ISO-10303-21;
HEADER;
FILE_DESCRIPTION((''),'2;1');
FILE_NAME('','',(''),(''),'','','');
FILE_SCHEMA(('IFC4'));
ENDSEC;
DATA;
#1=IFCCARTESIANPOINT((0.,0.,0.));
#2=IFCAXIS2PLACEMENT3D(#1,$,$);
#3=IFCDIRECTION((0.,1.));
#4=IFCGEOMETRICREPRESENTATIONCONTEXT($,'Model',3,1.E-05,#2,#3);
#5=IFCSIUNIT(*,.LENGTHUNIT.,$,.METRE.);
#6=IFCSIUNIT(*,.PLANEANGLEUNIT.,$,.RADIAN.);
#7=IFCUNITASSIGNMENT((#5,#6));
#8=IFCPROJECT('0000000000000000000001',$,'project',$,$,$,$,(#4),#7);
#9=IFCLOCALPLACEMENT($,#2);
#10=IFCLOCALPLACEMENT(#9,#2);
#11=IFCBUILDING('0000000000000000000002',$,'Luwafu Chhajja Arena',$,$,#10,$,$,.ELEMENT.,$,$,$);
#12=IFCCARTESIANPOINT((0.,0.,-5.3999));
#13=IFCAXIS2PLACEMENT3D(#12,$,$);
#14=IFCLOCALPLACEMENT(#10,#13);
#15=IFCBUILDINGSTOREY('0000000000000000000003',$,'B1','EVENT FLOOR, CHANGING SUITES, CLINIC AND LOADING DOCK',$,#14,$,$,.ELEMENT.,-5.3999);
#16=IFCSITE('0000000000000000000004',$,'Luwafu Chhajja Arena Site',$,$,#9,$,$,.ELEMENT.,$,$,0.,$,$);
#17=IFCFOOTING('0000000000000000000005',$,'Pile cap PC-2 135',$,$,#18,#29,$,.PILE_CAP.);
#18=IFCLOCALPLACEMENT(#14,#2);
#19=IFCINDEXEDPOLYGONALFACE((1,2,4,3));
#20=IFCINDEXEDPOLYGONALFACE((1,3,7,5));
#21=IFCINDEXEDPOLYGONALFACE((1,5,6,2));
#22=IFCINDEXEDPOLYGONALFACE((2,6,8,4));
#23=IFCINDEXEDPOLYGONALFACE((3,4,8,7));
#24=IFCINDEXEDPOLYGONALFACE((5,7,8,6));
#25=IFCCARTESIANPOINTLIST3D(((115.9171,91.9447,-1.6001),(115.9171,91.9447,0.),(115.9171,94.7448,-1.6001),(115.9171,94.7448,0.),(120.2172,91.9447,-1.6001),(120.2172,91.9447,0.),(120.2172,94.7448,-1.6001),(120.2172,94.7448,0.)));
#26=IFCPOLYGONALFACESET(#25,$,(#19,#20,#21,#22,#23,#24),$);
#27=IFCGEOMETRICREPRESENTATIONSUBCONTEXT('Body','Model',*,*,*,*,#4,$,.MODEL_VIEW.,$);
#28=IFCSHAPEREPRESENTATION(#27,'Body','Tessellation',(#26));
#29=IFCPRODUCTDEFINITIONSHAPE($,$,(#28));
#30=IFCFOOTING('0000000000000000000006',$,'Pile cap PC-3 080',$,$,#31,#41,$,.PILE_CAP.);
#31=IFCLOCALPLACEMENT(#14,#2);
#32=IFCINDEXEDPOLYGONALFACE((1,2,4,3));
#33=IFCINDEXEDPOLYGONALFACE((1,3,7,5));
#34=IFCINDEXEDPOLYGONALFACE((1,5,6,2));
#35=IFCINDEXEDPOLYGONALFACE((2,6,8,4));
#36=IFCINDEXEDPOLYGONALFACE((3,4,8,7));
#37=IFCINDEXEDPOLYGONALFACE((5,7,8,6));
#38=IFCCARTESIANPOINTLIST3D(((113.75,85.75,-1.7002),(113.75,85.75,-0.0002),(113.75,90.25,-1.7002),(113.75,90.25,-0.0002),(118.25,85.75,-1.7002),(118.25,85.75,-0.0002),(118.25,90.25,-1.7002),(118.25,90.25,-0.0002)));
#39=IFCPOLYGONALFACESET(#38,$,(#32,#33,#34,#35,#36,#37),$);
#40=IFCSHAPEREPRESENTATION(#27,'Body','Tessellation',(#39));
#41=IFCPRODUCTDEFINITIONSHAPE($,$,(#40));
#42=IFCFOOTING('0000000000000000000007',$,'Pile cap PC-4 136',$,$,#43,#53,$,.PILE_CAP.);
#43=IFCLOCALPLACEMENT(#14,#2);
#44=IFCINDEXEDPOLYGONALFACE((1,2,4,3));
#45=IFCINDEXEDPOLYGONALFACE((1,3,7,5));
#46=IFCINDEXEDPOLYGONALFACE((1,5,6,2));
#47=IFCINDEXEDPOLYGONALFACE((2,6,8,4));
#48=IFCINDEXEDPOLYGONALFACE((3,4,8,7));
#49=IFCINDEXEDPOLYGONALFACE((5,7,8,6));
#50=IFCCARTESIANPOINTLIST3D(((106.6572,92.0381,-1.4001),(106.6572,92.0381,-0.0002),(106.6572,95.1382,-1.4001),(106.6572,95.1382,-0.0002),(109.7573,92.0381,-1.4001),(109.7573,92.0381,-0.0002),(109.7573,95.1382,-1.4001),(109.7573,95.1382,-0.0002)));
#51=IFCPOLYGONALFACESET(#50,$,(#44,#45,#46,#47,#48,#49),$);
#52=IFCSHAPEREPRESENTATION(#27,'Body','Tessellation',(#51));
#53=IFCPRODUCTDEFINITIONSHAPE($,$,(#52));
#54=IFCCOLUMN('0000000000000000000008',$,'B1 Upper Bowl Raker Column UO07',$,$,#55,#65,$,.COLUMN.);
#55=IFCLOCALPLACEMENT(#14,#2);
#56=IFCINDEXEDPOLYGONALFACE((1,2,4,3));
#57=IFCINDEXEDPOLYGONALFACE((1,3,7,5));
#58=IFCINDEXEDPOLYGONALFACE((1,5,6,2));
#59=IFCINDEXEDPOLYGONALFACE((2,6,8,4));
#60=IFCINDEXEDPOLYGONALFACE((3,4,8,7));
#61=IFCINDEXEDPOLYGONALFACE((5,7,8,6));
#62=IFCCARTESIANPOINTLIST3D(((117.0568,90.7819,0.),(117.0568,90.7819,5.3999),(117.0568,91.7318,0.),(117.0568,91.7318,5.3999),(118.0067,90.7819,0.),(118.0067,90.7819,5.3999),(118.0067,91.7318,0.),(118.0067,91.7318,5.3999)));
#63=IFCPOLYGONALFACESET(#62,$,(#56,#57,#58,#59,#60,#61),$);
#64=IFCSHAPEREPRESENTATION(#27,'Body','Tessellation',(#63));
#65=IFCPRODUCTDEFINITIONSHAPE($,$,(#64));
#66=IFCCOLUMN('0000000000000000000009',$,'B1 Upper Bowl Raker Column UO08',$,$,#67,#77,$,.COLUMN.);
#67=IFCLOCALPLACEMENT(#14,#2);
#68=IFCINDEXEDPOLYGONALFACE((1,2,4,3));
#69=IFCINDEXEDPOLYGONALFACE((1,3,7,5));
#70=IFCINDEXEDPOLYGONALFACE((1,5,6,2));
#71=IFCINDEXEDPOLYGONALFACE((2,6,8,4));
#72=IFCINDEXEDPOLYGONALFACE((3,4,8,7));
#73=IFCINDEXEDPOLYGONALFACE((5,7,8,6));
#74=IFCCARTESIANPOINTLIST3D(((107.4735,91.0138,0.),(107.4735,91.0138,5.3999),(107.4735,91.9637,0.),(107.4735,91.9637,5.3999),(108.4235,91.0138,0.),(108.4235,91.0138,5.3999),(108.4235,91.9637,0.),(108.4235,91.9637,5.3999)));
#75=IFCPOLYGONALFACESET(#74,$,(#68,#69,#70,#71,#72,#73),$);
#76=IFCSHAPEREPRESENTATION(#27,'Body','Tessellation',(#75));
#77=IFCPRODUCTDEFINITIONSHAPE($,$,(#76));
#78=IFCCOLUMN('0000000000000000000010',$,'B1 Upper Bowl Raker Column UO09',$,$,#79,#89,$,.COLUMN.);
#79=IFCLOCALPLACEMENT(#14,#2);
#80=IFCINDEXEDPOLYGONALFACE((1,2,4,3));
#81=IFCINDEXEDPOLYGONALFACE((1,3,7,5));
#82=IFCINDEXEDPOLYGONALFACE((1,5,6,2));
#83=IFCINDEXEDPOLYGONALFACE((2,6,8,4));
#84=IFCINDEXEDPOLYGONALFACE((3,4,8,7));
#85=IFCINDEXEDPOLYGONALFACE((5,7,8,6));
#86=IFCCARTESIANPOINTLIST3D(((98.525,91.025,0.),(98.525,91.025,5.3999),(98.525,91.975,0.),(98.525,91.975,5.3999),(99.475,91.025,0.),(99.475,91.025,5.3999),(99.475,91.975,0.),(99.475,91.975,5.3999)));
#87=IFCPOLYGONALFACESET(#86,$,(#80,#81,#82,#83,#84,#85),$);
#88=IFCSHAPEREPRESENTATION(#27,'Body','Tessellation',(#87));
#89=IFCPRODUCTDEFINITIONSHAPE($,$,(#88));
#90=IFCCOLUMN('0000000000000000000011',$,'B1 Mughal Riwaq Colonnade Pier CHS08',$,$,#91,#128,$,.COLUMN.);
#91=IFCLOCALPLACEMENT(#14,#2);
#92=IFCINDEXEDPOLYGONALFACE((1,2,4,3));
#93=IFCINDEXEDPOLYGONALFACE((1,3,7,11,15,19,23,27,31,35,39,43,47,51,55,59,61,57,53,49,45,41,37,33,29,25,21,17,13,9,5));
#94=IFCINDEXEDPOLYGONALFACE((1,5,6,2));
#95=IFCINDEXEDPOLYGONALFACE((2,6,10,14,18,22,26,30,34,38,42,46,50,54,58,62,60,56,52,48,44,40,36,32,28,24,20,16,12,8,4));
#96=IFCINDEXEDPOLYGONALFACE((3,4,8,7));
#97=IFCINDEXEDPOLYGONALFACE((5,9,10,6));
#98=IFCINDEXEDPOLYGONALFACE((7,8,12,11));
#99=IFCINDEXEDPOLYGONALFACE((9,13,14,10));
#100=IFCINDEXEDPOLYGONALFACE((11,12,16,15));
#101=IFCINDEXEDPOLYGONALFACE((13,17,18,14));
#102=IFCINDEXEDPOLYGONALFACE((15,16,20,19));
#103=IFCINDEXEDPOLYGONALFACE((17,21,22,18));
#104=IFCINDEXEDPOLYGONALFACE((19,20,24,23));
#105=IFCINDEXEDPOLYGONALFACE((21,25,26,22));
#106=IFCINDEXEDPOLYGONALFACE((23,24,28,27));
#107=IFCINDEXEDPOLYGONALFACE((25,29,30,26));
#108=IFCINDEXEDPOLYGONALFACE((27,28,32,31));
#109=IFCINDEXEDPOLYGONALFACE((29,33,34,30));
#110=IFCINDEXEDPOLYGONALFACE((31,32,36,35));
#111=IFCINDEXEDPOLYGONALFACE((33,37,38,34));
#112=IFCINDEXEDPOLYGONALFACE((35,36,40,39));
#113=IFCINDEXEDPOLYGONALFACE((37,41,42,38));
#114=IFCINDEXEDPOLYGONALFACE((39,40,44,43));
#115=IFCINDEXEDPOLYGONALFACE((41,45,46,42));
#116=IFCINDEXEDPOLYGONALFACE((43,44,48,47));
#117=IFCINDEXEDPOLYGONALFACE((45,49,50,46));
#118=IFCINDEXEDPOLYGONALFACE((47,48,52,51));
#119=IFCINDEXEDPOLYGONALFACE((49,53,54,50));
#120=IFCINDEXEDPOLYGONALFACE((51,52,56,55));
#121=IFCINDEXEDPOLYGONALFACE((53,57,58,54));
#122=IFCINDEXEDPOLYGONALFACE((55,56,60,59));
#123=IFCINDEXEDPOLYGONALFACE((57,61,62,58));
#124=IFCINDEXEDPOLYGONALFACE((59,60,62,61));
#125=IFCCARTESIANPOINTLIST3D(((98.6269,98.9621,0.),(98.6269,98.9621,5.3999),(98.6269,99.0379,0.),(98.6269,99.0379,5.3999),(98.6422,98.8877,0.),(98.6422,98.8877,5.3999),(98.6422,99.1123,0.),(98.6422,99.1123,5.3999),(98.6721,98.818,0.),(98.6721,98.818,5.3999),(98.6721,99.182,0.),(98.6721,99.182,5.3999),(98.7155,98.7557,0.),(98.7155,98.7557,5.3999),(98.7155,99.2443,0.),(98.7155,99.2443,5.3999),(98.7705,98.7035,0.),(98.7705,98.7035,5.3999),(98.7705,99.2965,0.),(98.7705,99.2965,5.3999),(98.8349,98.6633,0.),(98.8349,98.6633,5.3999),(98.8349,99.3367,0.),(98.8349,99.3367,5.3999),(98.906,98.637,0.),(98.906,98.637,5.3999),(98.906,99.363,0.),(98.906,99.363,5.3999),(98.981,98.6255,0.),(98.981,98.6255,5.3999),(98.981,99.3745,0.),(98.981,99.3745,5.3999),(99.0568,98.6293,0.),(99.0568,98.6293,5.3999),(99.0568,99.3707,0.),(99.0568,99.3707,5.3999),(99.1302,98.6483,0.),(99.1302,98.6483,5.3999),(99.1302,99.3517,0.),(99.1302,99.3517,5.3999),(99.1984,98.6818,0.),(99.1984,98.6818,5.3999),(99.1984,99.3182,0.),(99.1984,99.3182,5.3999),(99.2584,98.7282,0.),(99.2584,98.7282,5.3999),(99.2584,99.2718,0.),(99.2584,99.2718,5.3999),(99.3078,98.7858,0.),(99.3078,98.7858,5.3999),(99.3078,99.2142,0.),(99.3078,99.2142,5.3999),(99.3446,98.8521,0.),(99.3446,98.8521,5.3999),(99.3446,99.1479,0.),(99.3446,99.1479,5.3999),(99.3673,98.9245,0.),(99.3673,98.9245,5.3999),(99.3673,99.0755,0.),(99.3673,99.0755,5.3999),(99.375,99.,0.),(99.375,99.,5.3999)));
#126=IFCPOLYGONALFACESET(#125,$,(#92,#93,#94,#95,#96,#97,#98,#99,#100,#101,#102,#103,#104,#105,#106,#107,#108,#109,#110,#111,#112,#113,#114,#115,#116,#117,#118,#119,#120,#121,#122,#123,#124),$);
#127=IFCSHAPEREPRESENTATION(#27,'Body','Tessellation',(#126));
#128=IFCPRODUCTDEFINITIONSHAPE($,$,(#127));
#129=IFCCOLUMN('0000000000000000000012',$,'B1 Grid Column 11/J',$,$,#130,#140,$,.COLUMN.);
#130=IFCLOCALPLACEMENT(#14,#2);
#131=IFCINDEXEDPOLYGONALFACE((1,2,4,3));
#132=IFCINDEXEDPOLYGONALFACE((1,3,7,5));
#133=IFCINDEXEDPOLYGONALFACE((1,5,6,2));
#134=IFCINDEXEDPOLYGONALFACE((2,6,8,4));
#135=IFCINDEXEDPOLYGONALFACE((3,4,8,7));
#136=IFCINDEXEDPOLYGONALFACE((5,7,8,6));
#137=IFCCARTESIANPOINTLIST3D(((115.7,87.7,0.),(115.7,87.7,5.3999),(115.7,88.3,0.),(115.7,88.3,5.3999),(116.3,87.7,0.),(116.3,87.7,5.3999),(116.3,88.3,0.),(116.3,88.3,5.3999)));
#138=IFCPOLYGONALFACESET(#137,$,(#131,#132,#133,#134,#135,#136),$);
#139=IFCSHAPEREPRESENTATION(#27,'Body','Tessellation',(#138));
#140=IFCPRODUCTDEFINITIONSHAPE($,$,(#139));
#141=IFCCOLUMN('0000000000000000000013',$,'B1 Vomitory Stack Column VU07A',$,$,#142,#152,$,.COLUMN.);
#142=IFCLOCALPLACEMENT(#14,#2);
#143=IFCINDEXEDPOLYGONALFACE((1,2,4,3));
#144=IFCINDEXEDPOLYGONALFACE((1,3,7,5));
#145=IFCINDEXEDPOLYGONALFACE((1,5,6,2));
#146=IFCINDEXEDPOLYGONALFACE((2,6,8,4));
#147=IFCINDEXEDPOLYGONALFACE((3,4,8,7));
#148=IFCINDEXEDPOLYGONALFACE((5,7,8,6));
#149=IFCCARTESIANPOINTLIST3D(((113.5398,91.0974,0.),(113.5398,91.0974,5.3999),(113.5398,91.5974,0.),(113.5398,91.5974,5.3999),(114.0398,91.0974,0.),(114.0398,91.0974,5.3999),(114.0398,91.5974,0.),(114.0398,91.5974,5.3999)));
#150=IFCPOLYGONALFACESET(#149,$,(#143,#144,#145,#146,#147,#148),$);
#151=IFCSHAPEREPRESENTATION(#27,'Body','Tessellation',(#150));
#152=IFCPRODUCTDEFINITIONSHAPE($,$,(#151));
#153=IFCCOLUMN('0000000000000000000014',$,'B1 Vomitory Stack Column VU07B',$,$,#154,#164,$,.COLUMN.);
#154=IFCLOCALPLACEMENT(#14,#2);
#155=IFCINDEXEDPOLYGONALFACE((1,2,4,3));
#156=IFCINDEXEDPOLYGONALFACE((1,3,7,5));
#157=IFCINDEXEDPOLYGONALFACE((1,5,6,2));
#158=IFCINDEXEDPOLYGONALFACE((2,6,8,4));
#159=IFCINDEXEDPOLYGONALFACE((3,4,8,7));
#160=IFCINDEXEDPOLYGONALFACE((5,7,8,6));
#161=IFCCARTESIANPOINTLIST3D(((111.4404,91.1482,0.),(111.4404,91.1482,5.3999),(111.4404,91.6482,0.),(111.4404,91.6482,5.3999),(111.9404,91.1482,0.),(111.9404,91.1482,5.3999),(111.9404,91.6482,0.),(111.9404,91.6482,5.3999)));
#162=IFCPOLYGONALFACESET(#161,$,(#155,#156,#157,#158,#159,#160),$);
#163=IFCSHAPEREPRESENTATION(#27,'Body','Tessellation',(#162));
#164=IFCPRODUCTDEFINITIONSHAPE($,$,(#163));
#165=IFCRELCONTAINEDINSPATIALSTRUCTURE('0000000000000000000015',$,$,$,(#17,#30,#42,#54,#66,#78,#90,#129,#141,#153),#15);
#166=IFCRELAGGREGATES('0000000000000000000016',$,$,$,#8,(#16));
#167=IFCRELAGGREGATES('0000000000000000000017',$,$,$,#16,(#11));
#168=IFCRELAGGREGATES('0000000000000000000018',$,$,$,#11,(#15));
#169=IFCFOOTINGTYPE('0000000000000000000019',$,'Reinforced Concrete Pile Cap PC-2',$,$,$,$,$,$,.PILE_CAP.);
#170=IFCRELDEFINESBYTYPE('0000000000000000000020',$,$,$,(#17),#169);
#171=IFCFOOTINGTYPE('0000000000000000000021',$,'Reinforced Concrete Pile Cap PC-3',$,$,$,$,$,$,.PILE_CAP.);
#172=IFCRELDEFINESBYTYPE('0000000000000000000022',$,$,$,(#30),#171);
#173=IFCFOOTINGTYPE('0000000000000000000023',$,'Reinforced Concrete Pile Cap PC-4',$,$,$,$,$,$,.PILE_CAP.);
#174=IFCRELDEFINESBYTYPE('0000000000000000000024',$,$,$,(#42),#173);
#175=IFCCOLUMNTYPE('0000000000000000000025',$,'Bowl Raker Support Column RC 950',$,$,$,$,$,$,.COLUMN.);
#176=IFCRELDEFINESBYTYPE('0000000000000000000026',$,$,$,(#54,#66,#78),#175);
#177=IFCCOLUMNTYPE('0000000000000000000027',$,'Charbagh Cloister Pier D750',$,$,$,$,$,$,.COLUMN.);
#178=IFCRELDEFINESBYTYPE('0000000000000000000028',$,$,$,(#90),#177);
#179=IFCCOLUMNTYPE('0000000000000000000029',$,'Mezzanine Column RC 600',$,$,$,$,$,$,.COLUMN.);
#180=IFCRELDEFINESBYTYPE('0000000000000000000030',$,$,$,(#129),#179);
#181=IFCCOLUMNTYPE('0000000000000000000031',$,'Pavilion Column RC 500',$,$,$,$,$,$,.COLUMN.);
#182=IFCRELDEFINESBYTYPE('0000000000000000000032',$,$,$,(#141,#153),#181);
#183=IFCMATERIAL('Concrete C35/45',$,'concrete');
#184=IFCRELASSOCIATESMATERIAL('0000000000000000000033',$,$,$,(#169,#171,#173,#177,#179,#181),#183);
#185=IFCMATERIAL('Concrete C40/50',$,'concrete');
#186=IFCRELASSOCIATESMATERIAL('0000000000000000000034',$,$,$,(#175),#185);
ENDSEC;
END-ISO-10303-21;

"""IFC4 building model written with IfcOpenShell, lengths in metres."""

from ifc_helpers import new_model, si_unit, direction, frame, origin, origin_2d, place, context, subcontext, project, spatial, rectangle, circle, extrude, material, material_profile, profile_set, type_object, element, save


model = new_model("IFC4")

# Units and contexts
model_context = context("Model", 3, precision=1e-05, world=origin(), true_north=direction((0.0, 1.0)))
body_context = subcontext(model_context, "Body", "Model", "MODEL_VIEW")
ifc_project = project(units=[si_unit("LENGTHUNIT", "METRE"), si_unit("PLANEANGLEUNIT", "RADIAN")], contexts=[model_context])

# Site, building, storey
site_placement = place(None, origin())
site = spatial("IfcSite", under=ifc_project, at=site_placement, Name="Luwafu Chhajja Arena Site", CompositionType="ELEMENT", RefElevation=0.0)
building_placement = place(site_placement, origin())
building = spatial("IfcBuilding", under=site, at=building_placement, Name="Luwafu Chhajja Arena", CompositionType="ELEMENT")
storey_placement = place(building_placement, frame((0.0, 0.0, -5.3999)))
storey = spatial("IfcBuildingStorey", under=building, at=storey_placement, Name="B1", Description="EVENT FLOOR, CHANGING SUITES, CLINIC AND LOADING DOCK", CompositionType="ELEMENT", Elevation=-5.3999)

# Shared definitions
ifc_material_1 = material(Name="Concrete C35/45", Category="concrete")

# Footings
footing_type_1 = type_object("IfcFootingType", Name="Reinforced Concrete Pile Cap PC-2", PredefinedType="PILE_CAP", material=ifc_material_1)
footing_1_placement = place(storey_placement, frame((118.0671, 93.3447, -1.6001), z_axis=(0.0, 0.0, 1.0), x_axis=(1.0, 0.0, 0.0)))
element("IfcFooting", 1, at=footing_1_placement, inside=storey, type_object=footing_type_1, Name="Pile cap PC-2 135", PredefinedType="PILE_CAP", context=body_context, shape_type="SweptSolid", body=[
    extrude(rectangle(XDim=4.3, YDim=2.8, at=origin_2d()), origin(), (0.0, 0.0, 1.0), 1.6001),
])
footing_type_2 = type_object("IfcFootingType", Name="Reinforced Concrete Pile Cap PC-3", PredefinedType="PILE_CAP", material=ifc_material_1)
footing_2_placement = place(storey_placement, frame((116.0, 88.0, -1.7002), z_axis=(0.0, 0.0, 1.0), x_axis=(1.0, 0.0, 0.0)))
element("IfcFooting", 2, at=footing_2_placement, inside=storey, type_object=footing_type_2, Name="Pile cap PC-3 080", PredefinedType="PILE_CAP", context=body_context, shape_type="SweptSolid", body=[
    extrude(rectangle(XDim=4.5, YDim=4.5, at=origin_2d()), origin(), (0.0, 0.0, 1.0), 1.7),
])
footing_type_3 = type_object("IfcFootingType", Name="Reinforced Concrete Pile Cap PC-4", PredefinedType="PILE_CAP", material=ifc_material_1)
footing_3_placement = place(storey_placement, frame((108.2073, 93.5881, -1.4001), z_axis=(0.0, 0.0, 1.0), x_axis=(1.0, 0.0, 0.0)))
element("IfcFooting", 3, at=footing_3_placement, inside=storey, type_object=footing_type_3, Name="Pile cap PC-4 136", PredefinedType="PILE_CAP", context=body_context, shape_type="SweptSolid", body=[
    extrude(rectangle(XDim=3.1001, YDim=3.1001, at=origin_2d()), origin(), (0.0, 0.0, 1.0), 1.3999),
])

# Columns
ifc_material_2 = material(Name="Concrete C40/50", Category="concrete")
ifc_material_profile_1 = material_profile(ifc_material_2, rectangle(XDim=0.95, YDim=0.95, at=origin_2d()), Name="RC 950x950")
ifc_profile_set_1 = profile_set([ifc_material_profile_1], Name="Concrete C40/50")
column_type_1 = type_object("IfcColumnType", Name="Bowl Raker Support Column RC 950", PredefinedType="COLUMN", material=ifc_profile_set_1)
for number, where, z_axis, x_axis, name in (
    (4, (117.5317, 91.2568, 0.0), (0.0, 0.0, 1.0), (1.0, 0.0, 0.0), "B1 Upper Bowl Raker Column UO07"),
    (5, (107.9485, 91.4888, 0.0), (0.0, 0.0, 1.0), (1.0, 0.0, 0.0), "B1 Upper Bowl Raker Column UO08"),
    (6, (99.0, 91.5, 0.0), (0.0, 0.0, 1.0), (1.0, 0.0, 0.0), "B1 Upper Bowl Raker Column UO09"),
):
    element("IfcColumn", number, at=place(storey_placement, frame(where, z_axis=z_axis, x_axis=x_axis)), inside=storey, type_object=column_type_1, Name=name, PredefinedType="COLUMN", context=body_context, shape_type="SweptSolid", body=[
        extrude(rectangle(XDim=0.95, YDim=0.95, at=origin_2d()), origin(), (0.0, 0.0, 1.0), 5.3999),
    ])
ifc_material_profile_2 = material_profile(ifc_material_1, circle(Radius=0.375, at=origin_2d()), Name="RC COL D750")
ifc_profile_set_2 = profile_set([ifc_material_profile_2], Name="Concrete C35/45")
column_type_2 = type_object("IfcColumnType", Name="Charbagh Cloister Pier D750", PredefinedType="COLUMN", material=ifc_profile_set_2)
column_1_placement = place(storey_placement, frame((99.0, 99.0, 0.0), z_axis=(0.0, 0.0, 1.0), x_axis=(1.0, 0.0, 0.0)))
element("IfcColumn", 7, at=column_1_placement, inside=storey, type_object=column_type_2, Name="B1 Mughal Riwaq Colonnade Pier CHS08", PredefinedType="COLUMN", context=body_context, shape_type="SweptSolid", body=[
    extrude(circle(Radius=0.375, at=origin_2d()), origin(), (0.0, 0.0, 1.0), 5.3999),
])
ifc_material_profile_3 = material_profile(ifc_material_1, rectangle(XDim=0.6001, YDim=0.6001, at=origin_2d()), Name="RC 600x600")
ifc_profile_set_3 = profile_set([ifc_material_profile_3], Name="Concrete C35/45")
column_type_3 = type_object("IfcColumnType", Name="Mezzanine Column RC 600", PredefinedType="COLUMN", material=ifc_profile_set_3)
column_2_placement = place(storey_placement, frame((116.0, 88.0, 0.0), z_axis=(0.0, 0.0, 1.0), x_axis=(1.0, 0.0, 0.0)))
element("IfcColumn", 8, at=column_2_placement, inside=storey, type_object=column_type_3, Name="B1 Grid Column 11/J", PredefinedType="COLUMN", context=body_context, shape_type="SweptSolid", body=[
    extrude(rectangle(XDim=0.6001, YDim=0.6001, at=origin_2d()), origin(), (0.0, 0.0, 1.0), 5.3999),
])
ifc_material_profile_4 = material_profile(ifc_material_1, rectangle(XDim=0.5, YDim=0.5, at=origin_2d()), Name="RC 500x500")
ifc_profile_set_4 = profile_set([ifc_material_profile_4], Name="Concrete C35/45")
column_type_4 = type_object("IfcColumnType", Name="Pavilion Column RC 500", PredefinedType="COLUMN", material=ifc_profile_set_4)
for number, where, z_axis, x_axis, name in (
    (9, (113.7898, 91.3474, 0.0), (0.0, 0.0, 1.0), (1.0, 0.0, 0.0), "B1 Vomitory Stack Column VU07A"),
    (10, (111.6904, 91.3982, 0.0), (0.0, 0.0, 1.0), (1.0, 0.0, 0.0), "B1 Vomitory Stack Column VU07B"),
):
    element("IfcColumn", number, at=place(storey_placement, frame(where, z_axis=z_axis, x_axis=x_axis)), inside=storey, type_object=column_type_4, Name=name, PredefinedType="COLUMN", context=body_context, shape_type="SweptSolid", body=[
        extrude(rectangle(XDim=0.5, YDim=0.5, at=origin_2d()), origin(), (0.0, 0.0, 1.0), 5.3999),
    ])

save(model, "model.ifc")
